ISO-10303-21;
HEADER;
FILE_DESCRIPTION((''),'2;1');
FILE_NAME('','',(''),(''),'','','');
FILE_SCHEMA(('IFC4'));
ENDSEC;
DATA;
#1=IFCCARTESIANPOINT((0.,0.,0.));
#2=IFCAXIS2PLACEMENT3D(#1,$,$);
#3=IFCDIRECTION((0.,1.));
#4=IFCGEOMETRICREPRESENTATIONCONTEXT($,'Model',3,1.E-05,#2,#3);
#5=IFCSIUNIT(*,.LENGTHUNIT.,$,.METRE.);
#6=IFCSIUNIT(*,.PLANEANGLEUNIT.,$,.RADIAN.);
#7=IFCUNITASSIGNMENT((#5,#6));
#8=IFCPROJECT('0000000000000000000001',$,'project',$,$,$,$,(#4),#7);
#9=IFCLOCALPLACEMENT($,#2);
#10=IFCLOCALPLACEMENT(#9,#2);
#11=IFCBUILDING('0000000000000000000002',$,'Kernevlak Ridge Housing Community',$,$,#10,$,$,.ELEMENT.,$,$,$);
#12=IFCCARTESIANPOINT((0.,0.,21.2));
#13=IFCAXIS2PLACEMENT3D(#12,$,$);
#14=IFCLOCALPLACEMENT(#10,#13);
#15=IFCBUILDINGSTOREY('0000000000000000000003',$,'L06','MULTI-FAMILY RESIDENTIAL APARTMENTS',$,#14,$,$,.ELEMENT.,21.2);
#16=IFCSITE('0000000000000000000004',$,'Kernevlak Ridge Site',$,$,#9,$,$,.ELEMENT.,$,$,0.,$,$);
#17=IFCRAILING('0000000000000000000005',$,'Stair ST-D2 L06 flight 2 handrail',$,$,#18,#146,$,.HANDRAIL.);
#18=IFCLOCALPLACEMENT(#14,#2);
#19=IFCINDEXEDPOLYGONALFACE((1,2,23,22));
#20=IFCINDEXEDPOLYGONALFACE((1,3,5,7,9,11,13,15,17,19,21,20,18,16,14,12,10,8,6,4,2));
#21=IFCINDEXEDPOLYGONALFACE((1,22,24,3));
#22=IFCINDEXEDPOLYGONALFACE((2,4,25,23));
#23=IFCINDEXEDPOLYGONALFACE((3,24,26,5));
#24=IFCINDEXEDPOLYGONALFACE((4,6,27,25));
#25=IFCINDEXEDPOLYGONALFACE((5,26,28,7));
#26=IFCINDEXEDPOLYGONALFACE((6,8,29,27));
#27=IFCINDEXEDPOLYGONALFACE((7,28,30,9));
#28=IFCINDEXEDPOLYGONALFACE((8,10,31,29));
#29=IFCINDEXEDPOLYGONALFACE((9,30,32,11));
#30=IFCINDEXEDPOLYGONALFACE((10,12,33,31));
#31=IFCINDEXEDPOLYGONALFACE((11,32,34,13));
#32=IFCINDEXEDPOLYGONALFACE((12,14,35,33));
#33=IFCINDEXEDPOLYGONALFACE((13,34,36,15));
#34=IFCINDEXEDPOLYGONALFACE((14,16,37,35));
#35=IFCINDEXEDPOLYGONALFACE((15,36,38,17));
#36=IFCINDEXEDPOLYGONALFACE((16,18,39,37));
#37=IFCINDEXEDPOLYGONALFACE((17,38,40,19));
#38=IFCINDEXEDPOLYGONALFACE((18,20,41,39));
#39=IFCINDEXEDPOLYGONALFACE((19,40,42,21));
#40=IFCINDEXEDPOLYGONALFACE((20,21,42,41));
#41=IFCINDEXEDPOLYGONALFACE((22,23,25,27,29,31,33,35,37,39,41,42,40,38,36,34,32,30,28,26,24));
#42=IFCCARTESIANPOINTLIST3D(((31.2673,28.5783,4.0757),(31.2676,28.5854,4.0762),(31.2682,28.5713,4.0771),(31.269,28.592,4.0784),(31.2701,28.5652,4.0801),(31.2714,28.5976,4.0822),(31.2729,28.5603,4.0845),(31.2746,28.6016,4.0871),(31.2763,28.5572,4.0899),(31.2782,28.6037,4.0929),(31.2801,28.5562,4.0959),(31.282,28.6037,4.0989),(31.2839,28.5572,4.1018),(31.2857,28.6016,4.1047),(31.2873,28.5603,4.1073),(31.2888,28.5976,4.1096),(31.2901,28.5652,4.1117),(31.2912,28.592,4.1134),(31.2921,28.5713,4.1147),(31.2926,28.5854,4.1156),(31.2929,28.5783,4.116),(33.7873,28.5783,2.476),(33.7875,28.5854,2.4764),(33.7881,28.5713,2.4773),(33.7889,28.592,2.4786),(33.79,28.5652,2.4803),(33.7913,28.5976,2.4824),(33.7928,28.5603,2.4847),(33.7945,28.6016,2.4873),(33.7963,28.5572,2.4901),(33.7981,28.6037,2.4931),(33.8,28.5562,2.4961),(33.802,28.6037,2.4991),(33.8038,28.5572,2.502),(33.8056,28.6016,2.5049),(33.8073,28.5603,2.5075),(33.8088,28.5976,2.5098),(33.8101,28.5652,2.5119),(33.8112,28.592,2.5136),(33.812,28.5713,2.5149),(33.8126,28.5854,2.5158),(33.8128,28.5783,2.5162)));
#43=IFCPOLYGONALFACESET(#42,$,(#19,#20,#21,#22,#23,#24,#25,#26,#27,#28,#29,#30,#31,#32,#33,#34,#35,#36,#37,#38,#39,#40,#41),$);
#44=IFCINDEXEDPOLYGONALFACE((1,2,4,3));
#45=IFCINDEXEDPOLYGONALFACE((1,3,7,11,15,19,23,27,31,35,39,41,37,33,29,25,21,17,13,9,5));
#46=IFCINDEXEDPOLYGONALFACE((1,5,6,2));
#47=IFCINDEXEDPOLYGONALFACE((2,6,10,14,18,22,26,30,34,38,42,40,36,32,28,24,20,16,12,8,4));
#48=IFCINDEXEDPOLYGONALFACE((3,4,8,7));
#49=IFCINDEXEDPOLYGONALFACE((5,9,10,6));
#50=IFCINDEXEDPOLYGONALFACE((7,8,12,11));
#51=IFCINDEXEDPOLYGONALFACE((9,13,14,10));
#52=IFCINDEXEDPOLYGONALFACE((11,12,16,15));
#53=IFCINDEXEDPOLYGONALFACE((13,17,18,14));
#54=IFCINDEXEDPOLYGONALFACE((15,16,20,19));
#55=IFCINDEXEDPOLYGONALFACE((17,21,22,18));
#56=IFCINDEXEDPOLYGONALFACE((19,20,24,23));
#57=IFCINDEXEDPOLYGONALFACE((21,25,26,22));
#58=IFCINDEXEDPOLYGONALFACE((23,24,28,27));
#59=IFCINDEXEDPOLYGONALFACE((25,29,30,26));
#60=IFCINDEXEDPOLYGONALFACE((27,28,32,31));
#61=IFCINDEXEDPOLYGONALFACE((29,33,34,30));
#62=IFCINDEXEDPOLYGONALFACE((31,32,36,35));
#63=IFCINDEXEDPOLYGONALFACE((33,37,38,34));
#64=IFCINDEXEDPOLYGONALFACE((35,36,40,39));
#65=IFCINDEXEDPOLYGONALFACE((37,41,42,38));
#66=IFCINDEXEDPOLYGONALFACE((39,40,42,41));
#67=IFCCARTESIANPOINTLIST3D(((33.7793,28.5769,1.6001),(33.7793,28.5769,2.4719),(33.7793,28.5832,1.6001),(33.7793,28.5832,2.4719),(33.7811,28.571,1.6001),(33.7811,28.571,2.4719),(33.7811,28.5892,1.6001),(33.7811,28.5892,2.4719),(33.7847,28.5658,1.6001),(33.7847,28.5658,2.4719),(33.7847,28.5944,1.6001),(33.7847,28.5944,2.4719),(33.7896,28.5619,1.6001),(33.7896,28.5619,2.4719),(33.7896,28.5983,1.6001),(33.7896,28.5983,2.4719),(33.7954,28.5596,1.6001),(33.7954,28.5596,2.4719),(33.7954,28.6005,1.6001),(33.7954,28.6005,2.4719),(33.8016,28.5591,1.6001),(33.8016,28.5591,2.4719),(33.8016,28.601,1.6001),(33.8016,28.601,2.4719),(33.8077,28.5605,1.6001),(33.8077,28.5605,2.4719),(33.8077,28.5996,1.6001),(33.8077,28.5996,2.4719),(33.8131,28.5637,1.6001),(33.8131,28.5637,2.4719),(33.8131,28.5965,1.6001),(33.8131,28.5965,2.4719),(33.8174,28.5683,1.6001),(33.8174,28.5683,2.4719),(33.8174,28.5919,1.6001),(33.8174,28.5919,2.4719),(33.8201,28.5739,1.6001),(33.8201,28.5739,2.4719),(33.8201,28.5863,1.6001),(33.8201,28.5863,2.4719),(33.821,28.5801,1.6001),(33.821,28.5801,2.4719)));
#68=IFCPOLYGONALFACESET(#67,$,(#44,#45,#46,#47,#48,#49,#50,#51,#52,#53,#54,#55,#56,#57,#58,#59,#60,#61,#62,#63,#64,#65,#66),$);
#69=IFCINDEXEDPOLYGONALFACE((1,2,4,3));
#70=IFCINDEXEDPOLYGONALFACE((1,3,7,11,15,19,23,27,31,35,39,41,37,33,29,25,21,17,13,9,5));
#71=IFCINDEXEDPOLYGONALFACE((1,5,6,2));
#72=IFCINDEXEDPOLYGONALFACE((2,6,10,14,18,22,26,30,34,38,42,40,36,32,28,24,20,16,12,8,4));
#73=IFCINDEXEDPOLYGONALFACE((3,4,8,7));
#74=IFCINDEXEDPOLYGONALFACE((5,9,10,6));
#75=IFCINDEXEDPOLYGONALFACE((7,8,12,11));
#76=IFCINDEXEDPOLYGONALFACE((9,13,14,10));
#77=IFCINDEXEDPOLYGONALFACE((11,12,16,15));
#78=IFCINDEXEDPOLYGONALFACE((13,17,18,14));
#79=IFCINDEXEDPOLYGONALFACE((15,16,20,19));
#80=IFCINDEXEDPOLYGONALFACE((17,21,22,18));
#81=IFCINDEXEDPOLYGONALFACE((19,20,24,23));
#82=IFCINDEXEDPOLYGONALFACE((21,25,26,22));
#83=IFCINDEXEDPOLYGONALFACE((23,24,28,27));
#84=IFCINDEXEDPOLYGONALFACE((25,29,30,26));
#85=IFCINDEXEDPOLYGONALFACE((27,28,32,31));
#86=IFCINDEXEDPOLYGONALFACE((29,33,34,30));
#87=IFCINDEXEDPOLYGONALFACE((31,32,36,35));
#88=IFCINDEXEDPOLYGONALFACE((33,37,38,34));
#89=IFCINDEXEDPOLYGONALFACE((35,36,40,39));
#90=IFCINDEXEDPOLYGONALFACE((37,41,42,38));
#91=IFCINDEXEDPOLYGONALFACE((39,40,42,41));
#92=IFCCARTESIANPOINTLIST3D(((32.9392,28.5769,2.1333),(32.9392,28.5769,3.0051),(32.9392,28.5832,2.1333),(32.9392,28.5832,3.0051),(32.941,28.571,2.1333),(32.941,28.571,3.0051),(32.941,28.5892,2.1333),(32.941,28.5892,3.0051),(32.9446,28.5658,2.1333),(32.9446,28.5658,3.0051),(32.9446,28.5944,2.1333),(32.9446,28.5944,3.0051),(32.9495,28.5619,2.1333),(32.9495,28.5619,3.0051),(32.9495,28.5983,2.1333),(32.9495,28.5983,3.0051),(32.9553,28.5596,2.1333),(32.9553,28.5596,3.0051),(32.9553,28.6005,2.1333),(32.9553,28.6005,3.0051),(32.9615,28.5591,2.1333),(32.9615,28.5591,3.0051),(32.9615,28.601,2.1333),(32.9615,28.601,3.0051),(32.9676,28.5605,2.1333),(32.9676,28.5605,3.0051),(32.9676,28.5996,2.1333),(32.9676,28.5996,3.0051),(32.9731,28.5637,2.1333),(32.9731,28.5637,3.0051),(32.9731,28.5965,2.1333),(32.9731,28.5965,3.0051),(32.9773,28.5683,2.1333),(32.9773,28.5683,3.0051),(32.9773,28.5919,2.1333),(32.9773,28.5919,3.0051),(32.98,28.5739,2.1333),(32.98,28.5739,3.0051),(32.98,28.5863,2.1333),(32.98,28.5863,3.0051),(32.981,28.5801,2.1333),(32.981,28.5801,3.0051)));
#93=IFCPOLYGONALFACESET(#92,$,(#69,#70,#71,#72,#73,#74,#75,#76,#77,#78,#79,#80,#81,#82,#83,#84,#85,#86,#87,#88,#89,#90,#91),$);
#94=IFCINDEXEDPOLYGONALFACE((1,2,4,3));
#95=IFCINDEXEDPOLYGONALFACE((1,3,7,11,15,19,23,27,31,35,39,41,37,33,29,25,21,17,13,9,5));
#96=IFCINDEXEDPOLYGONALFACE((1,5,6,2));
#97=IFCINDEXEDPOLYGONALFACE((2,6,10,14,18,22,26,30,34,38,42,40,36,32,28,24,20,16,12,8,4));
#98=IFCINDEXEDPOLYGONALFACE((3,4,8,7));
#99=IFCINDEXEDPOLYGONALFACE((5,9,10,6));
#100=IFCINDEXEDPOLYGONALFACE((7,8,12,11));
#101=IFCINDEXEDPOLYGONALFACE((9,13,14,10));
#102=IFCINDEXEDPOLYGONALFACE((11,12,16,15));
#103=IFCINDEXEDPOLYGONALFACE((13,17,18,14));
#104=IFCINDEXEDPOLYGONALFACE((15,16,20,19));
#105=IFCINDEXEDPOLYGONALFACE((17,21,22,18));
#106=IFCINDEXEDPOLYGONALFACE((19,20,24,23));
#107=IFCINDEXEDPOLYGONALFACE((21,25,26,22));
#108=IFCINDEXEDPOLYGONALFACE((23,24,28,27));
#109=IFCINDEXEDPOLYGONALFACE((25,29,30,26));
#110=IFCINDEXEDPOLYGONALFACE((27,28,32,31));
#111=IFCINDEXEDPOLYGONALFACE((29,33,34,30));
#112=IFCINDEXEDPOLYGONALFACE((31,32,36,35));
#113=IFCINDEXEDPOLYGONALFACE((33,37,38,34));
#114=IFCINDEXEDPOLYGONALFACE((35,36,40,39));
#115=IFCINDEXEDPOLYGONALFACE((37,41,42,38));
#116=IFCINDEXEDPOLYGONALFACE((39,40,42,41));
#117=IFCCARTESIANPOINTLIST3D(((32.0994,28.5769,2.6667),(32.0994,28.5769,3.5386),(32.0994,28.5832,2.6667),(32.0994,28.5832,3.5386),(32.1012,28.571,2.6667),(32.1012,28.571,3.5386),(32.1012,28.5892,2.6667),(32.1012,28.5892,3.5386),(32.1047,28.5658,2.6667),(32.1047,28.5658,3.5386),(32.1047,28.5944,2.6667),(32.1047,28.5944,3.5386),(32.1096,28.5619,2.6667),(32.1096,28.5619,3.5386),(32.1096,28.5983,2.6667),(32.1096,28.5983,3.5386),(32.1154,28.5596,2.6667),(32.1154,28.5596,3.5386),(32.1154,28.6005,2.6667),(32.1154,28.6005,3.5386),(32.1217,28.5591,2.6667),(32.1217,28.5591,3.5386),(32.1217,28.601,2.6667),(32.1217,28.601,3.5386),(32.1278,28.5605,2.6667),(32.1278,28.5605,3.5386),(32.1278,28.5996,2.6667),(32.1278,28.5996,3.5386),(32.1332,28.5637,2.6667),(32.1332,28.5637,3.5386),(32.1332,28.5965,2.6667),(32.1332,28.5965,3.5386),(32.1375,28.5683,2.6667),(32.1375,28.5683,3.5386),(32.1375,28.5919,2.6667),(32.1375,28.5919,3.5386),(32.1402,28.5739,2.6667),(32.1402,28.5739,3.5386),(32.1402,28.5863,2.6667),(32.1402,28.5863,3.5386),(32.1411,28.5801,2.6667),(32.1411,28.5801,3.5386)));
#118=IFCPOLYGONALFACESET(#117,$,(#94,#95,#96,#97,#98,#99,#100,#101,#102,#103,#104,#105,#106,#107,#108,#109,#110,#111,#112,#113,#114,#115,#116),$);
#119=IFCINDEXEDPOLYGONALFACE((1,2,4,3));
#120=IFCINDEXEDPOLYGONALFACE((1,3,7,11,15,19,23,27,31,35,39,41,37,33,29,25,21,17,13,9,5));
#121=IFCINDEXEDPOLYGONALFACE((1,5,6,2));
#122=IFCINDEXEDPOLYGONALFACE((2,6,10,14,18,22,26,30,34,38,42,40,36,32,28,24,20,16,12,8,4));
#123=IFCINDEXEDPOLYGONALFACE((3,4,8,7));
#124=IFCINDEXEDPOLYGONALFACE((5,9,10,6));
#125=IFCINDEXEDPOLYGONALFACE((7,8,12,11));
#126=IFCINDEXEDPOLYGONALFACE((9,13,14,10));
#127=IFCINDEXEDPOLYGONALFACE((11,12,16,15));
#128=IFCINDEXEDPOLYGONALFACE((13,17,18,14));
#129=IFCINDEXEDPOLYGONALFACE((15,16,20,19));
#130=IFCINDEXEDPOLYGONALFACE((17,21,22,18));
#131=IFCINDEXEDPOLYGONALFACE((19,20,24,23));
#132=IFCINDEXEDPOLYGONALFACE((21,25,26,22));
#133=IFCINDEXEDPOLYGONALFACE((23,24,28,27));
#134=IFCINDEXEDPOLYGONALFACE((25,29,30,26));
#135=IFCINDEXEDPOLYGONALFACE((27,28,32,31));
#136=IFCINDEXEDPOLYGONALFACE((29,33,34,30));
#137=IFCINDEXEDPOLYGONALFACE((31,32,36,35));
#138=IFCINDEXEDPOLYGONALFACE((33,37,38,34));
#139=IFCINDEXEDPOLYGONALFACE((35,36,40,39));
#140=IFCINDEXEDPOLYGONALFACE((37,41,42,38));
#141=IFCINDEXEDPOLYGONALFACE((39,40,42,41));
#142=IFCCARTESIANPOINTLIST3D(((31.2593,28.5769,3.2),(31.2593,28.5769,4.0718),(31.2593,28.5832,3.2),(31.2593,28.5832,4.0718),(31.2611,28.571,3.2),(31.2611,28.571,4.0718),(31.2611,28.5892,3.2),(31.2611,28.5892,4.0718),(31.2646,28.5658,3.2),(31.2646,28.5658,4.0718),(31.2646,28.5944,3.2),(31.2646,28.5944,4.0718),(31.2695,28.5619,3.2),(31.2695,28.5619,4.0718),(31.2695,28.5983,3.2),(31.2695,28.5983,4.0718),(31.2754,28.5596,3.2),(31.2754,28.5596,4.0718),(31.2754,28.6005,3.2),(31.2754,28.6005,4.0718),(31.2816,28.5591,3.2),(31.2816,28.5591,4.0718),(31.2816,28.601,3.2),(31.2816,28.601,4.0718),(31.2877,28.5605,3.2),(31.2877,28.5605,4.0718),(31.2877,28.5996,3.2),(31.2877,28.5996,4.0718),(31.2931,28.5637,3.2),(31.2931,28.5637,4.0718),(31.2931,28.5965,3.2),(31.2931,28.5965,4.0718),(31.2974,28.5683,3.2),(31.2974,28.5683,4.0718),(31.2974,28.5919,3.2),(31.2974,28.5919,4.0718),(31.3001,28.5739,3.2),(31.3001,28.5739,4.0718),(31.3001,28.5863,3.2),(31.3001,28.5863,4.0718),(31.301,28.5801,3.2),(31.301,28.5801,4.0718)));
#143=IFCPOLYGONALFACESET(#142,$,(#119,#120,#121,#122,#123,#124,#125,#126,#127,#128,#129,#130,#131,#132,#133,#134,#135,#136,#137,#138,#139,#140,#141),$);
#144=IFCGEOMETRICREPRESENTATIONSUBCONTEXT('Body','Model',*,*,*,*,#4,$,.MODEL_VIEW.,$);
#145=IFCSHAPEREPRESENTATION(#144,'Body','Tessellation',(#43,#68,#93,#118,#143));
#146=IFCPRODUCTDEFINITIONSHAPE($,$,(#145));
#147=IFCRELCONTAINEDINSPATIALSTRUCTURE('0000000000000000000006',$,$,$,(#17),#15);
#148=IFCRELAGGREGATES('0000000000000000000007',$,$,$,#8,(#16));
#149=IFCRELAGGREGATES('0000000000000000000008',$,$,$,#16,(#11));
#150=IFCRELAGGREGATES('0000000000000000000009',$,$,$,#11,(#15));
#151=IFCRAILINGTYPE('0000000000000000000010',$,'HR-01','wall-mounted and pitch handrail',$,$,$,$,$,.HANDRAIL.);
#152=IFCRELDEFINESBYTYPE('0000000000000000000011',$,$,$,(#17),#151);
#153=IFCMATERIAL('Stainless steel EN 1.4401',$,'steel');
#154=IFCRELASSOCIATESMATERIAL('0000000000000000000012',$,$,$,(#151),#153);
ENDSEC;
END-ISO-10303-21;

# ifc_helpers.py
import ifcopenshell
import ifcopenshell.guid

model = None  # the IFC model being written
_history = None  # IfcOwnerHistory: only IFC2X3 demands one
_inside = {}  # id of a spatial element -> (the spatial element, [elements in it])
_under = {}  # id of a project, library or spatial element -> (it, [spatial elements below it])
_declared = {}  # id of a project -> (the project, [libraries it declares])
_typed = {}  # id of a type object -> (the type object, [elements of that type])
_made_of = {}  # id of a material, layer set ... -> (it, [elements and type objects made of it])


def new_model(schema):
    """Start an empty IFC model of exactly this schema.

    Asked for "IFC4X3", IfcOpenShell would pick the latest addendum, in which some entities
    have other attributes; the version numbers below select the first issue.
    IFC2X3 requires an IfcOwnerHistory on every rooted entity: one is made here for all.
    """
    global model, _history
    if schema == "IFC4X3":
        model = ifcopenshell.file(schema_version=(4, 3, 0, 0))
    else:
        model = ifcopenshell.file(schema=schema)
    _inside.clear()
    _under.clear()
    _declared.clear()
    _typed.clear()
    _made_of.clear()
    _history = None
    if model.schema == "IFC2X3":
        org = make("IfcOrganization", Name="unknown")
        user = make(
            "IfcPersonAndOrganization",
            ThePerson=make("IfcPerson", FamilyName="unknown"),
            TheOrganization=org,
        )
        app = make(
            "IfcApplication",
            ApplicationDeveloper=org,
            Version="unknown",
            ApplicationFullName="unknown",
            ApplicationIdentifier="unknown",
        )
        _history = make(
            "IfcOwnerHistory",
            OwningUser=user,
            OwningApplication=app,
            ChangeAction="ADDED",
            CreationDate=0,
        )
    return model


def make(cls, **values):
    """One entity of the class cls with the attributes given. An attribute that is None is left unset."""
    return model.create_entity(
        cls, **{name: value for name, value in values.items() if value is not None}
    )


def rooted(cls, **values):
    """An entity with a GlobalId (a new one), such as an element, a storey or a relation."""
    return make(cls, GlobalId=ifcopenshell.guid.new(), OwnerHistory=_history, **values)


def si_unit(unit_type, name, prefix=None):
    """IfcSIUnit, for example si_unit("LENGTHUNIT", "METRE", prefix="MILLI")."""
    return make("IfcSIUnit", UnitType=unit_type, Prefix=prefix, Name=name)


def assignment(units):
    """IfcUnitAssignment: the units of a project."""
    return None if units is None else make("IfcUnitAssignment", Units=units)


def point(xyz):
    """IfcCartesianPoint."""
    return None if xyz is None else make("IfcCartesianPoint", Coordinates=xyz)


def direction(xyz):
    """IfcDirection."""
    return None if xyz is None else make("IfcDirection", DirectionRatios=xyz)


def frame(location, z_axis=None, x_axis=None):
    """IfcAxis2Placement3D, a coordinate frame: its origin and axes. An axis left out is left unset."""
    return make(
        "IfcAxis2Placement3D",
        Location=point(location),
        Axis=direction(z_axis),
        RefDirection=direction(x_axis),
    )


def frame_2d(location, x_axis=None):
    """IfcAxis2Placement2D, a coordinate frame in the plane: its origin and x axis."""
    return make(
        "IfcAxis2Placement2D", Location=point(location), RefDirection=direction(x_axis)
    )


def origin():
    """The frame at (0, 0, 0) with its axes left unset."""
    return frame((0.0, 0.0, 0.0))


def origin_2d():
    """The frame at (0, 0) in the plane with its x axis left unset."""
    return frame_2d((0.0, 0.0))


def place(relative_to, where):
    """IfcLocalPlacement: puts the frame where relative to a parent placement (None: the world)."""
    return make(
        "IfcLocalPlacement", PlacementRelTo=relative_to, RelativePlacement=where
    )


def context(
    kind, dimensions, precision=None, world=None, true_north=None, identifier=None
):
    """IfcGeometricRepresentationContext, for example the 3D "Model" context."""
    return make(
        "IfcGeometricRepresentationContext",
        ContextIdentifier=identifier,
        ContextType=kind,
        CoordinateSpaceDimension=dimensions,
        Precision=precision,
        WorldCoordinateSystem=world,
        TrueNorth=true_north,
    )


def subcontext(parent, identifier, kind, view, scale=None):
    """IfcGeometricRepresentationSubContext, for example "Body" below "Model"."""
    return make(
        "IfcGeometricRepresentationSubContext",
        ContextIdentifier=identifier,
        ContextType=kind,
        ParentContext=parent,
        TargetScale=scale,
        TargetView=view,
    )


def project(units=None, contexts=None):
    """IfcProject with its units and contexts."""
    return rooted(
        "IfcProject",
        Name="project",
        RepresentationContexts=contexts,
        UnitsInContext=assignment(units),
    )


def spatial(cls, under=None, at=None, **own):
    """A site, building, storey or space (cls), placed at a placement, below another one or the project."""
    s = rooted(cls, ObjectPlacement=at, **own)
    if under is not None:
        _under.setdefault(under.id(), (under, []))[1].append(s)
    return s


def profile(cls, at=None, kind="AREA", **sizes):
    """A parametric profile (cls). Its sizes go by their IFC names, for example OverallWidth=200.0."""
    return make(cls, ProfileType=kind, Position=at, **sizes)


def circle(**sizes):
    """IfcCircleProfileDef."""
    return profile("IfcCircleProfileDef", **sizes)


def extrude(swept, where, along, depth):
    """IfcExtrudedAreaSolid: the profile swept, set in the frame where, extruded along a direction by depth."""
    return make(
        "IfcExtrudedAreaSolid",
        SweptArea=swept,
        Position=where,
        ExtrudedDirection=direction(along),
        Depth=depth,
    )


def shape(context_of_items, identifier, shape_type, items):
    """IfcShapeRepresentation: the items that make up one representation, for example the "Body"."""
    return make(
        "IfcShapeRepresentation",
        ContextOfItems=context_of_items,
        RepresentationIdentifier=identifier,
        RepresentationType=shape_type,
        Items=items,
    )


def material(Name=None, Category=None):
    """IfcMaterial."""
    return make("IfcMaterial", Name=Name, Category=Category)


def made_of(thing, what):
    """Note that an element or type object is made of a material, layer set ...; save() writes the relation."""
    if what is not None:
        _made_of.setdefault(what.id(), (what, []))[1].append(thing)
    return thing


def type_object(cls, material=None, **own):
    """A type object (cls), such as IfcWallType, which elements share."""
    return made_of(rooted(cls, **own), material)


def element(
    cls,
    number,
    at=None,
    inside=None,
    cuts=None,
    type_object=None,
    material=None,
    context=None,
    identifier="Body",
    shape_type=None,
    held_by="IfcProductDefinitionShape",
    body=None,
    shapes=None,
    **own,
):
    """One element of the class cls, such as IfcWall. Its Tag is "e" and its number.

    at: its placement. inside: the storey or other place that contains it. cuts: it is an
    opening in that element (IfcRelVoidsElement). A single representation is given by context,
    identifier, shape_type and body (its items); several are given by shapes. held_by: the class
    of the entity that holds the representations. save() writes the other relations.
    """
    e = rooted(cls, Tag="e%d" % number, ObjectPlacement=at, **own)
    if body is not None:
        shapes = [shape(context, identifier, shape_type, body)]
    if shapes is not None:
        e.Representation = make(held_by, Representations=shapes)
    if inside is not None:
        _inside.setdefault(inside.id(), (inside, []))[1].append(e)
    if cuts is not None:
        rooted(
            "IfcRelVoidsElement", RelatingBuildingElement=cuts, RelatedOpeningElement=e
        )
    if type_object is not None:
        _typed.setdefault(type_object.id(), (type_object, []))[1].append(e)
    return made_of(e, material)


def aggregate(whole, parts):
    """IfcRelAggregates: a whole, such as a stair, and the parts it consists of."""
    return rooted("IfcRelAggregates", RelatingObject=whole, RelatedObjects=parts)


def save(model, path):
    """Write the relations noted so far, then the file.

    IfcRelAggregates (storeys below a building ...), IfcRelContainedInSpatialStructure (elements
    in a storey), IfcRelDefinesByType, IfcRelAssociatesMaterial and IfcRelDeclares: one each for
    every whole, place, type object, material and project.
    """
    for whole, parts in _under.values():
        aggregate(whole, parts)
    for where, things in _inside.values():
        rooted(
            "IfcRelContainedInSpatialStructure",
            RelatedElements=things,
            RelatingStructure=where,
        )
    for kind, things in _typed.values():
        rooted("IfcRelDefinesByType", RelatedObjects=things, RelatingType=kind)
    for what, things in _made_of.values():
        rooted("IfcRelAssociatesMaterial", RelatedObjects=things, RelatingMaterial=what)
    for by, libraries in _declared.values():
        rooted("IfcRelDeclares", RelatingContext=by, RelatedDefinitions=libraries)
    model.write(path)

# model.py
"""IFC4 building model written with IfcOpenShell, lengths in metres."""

from ifc_helpers import new_model, si_unit, direction, frame, origin, origin_2d, place, context, subcontext, project, spatial, circle, extrude, material, type_object, element, save


model = new_model("IFC4")

# Units and contexts
model_context = context("Model", 3, precision=1e-05, world=origin(), true_north=direction((0.0, 1.0)))
body_context = subcontext(model_context, "Body", "Model", "MODEL_VIEW")
ifc_project = project(units=[si_unit("LENGTHUNIT", "METRE"), si_unit("PLANEANGLEUNIT", "RADIAN")], contexts=[model_context])

# Site, building, storey
site_placement = place(None, origin())
site = spatial("IfcSite", under=ifc_project, at=site_placement, Name="Kernevlak Ridge Site", CompositionType="ELEMENT", RefElevation=0.0)
building_placement = place(site_placement, origin())
building = spatial("IfcBuilding", under=site, at=building_placement, Name="Kernevlak Ridge Housing Community", CompositionType="ELEMENT")
storey_placement = place(building_placement, frame((0.0, 0.0, 21.2)))
storey = spatial("IfcBuildingStorey", under=building, at=storey_placement, Name="L06", Description="MULTI-FAMILY RESIDENTIAL APARTMENTS", CompositionType="ELEMENT", Elevation=21.2)

# Railing
ifc_material_1 = material(Name="Stainless steel EN 1.4401", Category="steel")
railing_type_1 = type_object("IfcRailingType", Name="HR-01", Description="wall-mounted and pitch handrail", PredefinedType="HANDRAIL", material=ifc_material_1)
railing_1_placement = place(storey_placement, frame((33.8, 28.5801, 1.6001)))
element("IfcRailing", 1, at=railing_1_placement, inside=storey, type_object=railing_type_1, Name="Stair ST-D2 L06 flight 2 handrail", PredefinedType="HANDRAIL", context=body_context, shape_type="SweptSolid", body=[
    extrude(circle(Radius=0.0239, at=origin_2d()), frame((0.0, 0.0, 0.896), z_axis=(-0.844237, 0.0, 0.53597), x_axis=(0.0, -1.0, 0.0)), (0.0, 0.0, 1.0), 2.9849),
    extrude(circle(Radius=0.021, at=origin_2d()), origin(), (0.0, 0.0, 1.0), 0.8718),
    extrude(circle(Radius=0.021, at=origin_2d()), frame((-0.8401, 0.0, 0.5332)), (0.0, 0.0, 1.0), 0.8718),
    extrude(circle(Radius=0.021, at=origin_2d()), frame((-1.6799, 0.0, 1.0667)), (0.0, 0.0, 1.0), 0.8718),
    extrude(circle(Radius=0.021, at=origin_2d()), frame((-2.52, 0.0, 1.5999)), (0.0, 0.0, 1.0), 0.8718),
])

save(model, "model.ifc")
